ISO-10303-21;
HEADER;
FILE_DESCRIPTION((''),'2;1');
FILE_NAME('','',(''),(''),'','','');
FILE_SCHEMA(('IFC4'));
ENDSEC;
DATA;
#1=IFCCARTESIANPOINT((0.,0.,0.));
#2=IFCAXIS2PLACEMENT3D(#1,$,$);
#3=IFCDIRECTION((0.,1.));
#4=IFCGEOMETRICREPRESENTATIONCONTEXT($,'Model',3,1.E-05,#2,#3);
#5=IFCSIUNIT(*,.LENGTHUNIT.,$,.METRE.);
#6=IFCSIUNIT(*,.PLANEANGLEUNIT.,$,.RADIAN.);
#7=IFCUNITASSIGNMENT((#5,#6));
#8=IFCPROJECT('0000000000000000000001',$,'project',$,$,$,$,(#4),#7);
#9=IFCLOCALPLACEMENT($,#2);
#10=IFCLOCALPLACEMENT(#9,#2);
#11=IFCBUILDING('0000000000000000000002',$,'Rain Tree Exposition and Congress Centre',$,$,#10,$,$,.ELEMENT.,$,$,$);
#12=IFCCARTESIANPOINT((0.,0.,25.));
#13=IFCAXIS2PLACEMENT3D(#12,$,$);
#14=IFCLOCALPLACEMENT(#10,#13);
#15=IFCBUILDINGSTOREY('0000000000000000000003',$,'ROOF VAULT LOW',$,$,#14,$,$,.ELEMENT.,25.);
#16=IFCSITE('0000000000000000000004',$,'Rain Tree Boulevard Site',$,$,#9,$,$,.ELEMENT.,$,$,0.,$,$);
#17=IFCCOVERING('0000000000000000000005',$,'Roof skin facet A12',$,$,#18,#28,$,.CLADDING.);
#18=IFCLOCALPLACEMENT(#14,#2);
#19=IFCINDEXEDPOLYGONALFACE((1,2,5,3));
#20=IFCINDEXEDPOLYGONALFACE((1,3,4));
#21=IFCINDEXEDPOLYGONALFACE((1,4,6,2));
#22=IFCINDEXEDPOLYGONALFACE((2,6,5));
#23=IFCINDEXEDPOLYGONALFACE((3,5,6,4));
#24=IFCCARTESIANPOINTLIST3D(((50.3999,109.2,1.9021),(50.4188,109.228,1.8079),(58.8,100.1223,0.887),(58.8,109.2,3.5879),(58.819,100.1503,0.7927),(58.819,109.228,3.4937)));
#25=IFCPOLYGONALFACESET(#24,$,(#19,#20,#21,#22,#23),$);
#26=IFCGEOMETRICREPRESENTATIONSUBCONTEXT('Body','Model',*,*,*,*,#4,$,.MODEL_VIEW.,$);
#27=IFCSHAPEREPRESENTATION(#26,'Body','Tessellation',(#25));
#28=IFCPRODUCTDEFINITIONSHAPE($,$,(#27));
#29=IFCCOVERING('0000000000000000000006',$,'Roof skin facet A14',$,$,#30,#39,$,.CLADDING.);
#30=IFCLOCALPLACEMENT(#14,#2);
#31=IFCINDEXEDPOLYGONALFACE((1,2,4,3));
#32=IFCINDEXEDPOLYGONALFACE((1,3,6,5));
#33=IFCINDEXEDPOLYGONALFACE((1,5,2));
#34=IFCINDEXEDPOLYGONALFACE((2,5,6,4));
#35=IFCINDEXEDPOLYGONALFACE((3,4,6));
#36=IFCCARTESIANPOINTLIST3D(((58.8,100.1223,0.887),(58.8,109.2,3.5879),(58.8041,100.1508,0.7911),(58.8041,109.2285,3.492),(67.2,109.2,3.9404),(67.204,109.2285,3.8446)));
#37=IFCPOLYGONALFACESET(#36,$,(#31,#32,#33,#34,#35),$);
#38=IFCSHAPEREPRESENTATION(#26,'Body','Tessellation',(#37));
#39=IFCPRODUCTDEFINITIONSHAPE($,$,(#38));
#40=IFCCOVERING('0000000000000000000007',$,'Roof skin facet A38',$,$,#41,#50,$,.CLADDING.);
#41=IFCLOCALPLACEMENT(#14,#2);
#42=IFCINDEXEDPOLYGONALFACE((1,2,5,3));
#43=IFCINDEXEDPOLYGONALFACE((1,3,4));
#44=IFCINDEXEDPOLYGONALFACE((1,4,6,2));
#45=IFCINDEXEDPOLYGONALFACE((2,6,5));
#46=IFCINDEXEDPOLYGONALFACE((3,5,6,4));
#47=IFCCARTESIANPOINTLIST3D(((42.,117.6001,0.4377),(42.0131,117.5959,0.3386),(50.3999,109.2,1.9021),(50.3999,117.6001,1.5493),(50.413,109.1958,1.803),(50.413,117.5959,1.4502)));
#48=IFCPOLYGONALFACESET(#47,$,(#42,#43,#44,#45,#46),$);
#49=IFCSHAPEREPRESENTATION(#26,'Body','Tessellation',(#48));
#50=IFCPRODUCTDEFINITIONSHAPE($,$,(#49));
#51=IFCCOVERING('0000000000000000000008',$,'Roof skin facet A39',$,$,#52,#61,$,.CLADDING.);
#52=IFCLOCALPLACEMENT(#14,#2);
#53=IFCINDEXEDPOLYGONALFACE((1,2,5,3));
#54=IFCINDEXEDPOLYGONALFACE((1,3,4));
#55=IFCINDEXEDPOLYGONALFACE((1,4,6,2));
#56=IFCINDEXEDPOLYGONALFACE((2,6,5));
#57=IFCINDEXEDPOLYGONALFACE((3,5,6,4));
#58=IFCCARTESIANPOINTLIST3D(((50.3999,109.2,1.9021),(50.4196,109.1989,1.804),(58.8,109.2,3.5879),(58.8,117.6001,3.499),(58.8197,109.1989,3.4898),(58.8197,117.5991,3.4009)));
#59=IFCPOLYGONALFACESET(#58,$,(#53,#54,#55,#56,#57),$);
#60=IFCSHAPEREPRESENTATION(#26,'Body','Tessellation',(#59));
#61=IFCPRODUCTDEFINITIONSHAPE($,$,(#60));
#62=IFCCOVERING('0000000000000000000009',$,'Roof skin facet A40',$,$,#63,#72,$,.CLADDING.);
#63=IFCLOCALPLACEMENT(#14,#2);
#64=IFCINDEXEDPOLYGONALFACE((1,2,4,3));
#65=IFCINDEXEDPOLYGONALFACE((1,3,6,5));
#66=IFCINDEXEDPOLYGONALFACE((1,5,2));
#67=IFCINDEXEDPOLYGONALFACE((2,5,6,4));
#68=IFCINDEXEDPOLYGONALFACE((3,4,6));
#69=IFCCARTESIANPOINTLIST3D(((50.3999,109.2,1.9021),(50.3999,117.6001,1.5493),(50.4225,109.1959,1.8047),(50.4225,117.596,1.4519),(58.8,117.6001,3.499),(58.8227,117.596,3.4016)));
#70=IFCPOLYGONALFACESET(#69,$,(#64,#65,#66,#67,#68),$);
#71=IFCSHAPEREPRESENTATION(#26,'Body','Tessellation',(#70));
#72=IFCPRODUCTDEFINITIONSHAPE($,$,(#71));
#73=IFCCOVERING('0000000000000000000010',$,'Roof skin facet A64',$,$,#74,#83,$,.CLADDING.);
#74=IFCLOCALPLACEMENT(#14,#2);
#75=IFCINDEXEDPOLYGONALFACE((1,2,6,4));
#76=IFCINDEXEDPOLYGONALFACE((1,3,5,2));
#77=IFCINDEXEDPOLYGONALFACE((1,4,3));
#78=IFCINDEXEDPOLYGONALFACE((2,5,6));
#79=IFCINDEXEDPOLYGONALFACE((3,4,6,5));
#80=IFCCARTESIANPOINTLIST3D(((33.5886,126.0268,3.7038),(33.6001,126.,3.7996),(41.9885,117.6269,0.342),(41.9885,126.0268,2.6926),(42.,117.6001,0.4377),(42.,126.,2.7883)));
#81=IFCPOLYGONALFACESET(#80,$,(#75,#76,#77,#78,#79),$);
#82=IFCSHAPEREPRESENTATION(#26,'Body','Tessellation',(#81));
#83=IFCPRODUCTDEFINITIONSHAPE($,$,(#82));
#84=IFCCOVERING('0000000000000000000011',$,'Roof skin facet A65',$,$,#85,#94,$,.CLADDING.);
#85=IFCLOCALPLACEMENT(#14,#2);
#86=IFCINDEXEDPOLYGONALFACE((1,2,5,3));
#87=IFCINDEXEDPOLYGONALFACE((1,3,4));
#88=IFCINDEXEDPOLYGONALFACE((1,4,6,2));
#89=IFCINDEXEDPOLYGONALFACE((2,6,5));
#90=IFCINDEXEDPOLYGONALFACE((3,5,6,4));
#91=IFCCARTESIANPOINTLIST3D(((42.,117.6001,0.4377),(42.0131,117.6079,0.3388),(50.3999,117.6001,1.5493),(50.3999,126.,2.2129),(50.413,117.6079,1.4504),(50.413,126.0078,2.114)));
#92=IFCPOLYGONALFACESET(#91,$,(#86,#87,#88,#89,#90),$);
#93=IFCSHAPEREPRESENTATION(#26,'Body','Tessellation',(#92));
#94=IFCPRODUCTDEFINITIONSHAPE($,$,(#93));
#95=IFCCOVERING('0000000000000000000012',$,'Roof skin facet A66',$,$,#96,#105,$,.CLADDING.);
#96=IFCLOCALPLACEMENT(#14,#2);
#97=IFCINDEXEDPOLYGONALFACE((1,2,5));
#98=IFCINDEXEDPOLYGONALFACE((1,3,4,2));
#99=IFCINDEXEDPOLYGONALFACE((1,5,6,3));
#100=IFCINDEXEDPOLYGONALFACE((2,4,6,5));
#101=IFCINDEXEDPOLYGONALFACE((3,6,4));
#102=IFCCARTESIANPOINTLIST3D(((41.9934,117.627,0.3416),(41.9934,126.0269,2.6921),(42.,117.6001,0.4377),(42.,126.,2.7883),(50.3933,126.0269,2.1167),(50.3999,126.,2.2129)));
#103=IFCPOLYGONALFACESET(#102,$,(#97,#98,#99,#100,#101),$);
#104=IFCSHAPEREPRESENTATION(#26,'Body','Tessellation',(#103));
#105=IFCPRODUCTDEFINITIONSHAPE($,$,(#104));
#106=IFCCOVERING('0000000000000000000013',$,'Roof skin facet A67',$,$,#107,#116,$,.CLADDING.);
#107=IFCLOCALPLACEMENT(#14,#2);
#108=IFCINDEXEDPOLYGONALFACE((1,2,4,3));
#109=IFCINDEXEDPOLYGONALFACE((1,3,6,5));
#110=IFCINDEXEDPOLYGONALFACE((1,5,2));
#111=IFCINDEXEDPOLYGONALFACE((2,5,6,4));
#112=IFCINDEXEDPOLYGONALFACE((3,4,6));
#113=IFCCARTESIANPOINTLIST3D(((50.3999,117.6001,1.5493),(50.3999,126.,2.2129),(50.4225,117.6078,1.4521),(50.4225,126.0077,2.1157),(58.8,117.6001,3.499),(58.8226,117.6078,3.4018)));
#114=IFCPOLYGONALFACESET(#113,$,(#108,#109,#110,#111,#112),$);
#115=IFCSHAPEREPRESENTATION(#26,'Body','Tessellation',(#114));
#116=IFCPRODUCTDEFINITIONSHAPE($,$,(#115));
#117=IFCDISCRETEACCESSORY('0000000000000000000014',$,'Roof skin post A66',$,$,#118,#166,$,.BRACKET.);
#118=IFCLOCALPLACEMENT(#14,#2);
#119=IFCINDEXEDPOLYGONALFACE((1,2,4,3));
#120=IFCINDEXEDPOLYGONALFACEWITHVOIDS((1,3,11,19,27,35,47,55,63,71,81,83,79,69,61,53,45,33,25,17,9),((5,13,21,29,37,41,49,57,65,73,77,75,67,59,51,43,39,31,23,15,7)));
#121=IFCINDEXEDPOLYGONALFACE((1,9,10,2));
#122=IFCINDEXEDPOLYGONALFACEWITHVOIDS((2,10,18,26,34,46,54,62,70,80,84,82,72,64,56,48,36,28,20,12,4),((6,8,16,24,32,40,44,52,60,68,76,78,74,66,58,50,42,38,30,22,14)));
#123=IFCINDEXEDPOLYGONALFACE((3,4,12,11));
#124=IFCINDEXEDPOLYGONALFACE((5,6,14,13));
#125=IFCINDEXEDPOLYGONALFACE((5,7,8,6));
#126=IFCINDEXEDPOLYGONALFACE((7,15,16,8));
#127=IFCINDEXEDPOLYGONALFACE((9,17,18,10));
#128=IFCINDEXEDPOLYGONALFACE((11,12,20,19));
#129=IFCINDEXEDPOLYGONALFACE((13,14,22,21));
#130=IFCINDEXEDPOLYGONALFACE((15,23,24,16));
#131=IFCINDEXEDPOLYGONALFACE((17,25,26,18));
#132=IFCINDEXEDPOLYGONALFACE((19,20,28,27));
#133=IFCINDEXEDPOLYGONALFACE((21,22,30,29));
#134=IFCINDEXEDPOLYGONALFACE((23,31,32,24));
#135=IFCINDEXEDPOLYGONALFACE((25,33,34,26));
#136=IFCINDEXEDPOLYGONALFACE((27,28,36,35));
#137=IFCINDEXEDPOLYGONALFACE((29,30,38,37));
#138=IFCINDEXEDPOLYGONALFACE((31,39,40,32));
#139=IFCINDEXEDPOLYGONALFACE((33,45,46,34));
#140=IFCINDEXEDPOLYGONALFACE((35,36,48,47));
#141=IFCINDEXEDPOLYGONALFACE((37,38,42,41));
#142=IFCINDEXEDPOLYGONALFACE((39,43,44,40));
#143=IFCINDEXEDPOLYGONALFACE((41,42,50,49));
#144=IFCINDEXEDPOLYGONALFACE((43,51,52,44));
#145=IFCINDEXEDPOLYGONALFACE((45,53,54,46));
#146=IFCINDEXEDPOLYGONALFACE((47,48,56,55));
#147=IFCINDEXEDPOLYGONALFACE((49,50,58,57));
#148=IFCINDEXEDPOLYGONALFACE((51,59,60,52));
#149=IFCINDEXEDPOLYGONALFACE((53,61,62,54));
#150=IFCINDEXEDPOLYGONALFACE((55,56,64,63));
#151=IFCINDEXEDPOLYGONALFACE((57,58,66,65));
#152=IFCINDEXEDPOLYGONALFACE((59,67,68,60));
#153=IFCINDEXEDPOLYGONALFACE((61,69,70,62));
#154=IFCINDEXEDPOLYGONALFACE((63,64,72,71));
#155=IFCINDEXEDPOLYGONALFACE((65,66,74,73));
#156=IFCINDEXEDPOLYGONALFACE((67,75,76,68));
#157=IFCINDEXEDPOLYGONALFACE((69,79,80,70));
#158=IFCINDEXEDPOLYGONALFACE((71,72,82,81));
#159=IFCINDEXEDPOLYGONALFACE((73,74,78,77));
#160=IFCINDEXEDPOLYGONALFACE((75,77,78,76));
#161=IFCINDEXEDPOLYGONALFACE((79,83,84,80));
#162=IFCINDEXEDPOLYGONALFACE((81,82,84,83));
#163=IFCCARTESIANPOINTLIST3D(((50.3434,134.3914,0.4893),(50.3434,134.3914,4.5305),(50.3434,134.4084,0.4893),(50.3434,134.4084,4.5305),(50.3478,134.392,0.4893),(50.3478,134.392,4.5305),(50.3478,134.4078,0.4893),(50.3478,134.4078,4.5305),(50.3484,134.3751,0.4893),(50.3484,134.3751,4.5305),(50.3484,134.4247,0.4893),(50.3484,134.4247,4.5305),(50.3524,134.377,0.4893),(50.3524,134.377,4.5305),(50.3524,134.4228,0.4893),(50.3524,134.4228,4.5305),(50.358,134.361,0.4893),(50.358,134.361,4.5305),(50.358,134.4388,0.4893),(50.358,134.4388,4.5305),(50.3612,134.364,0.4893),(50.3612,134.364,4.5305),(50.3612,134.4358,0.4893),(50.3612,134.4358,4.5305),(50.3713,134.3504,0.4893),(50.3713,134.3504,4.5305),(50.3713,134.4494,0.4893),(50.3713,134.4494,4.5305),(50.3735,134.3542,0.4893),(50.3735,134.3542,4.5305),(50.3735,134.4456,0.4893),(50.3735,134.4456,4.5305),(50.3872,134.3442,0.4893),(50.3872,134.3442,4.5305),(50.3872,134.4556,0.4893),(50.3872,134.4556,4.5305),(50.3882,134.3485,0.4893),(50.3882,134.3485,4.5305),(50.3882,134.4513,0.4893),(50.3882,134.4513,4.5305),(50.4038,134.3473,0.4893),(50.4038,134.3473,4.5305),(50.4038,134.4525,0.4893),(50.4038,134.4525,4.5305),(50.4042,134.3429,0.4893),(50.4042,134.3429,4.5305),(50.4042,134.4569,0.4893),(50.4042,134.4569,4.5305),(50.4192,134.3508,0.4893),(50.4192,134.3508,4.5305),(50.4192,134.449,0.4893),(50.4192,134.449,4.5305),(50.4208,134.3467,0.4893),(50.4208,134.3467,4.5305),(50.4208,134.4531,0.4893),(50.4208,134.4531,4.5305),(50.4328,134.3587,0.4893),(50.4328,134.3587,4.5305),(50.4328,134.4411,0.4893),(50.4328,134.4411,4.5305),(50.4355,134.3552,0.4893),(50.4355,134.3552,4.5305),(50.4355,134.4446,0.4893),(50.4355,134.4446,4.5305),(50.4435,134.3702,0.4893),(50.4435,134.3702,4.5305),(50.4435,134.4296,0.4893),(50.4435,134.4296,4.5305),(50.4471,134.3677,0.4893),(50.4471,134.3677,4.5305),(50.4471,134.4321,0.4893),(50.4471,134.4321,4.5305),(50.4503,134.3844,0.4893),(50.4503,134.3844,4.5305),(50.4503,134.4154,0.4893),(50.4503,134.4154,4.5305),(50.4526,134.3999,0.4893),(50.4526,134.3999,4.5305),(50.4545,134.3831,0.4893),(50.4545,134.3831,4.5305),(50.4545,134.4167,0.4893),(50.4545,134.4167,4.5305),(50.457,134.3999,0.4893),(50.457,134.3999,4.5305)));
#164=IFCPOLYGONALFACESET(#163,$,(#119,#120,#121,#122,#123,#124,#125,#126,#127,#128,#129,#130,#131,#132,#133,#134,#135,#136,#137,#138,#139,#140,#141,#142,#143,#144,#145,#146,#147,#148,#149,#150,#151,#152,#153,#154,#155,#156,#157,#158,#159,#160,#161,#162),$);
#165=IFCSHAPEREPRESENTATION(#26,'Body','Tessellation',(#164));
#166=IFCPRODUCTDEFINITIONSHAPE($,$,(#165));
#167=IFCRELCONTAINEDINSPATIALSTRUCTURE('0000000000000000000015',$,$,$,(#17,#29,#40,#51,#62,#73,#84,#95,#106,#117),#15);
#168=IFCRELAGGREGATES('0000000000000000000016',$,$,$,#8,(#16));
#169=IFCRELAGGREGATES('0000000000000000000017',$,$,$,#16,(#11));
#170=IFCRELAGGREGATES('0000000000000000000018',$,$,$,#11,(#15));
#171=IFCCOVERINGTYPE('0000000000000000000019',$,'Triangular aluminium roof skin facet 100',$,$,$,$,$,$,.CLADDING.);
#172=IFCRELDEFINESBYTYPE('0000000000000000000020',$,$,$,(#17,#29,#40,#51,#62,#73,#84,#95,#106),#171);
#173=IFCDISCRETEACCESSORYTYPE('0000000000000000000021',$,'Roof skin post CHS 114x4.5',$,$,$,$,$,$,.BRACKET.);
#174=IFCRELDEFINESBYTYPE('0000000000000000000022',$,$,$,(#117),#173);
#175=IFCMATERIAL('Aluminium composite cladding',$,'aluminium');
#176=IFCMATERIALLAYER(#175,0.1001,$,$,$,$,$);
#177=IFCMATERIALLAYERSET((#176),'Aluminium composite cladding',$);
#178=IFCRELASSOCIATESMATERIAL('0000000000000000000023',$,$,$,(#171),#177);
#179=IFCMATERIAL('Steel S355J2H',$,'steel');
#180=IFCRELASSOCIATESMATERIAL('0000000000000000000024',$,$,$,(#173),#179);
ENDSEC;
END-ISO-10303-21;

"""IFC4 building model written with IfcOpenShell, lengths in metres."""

from ifc_helpers import new_model, si_unit, direction, frame, origin, origin_2d, place, context, subcontext, project, spatial, polyline, hollow_circle, outline, extrude, material, layer, layer_set, material_profile, profile_set, type_object, element, save


model = new_model("IFC4")

# Units and contexts
model_context = context("Model", 3, precision=1e-05, world=origin(), true_north=direction((0.0, 1.0)))
body_context = subcontext(model_context, "Body", "Model", "MODEL_VIEW")
ifc_project = project(units=[si_unit("LENGTHUNIT", "METRE"), si_unit("PLANEANGLEUNIT", "RADIAN")], contexts=[model_context])

# Site, building, storey
site_placement = place(None, origin())
site = spatial("IfcSite", under=ifc_project, at=site_placement, Name="Rain Tree Boulevard Site", CompositionType="ELEMENT", RefElevation=0.0)
building_placement = place(site_placement, origin())
building = spatial("IfcBuilding", under=site, at=building_placement, Name="Rain Tree Exposition and Congress Centre", CompositionType="ELEMENT")
storey_placement = place(building_placement, frame((0.0, 0.0, 25.0)))
storey = spatial("IfcBuildingStorey", under=building, at=storey_placement, Name="ROOF VAULT LOW", CompositionType="ELEMENT", Elevation=25.0)

# Coverings
ifc_material_1 = material(Name="Aluminium composite cladding", Category="aluminium")
ifc_layer_1 = layer(ifc_material_1, 0.1001)
ifc_layer_set_1 = layer_set([ifc_layer_1], Name="Aluminium composite cladding")
covering_type = type_object("IfcCoveringType", Name="Triangular aluminium roof skin facet 100", PredefinedType="CLADDING", material=ifc_layer_set_1)
covering_1_placement = place(storey_placement, frame((58.8, 100.1223, 0.887), z_axis=(-0.18889, -0.280047, 0.94122), x_axis=(0.0, 0.958474, 0.285181)))
element("IfcCovering", 1, at=covering_1_placement, inside=storey, type_object=covering_type, Name="Roof skin facet A12", PredefinedType="CLADDING", context=body_context, shape_type="SweptSolid", body=[
    extrude(outline(polyline([(0.0, 0.0), (9.4709, 0.0), (8.9902, 8.5541), (0.0, 0.0)])), origin(), (0.0, 0.0, -1.0), 0.1001),
])
covering_2_placement = place(storey_placement, frame((58.8, 100.1223, 0.887), z_axis=(-0.040194, -0.28495, 0.957699), x_axis=(0.659378, 0.712579, 0.239692)))
element("IfcCovering", 2, at=covering_2_placement, inside=storey, type_object=covering_type, Name="Roof skin facet A14", PredefinedType="CLADDING", context=body_context, shape_type="SweptSolid", body=[
    extrude(outline(polyline([(0.0, 0.0), (12.7391, 0.0), (7.1159, 6.25), (0.0, 0.0)])), origin(), (0.0, 0.0, -1.0), 0.1001),
])
covering_3_placement = place(storey_placement, frame((50.3999, 109.2, 1.9021), z_axis=(-0.131074, 0.041598, 0.990499), x_axis=(0.0, 0.999119, -0.04196)))
element("IfcCovering", 3, at=covering_3_placement, inside=storey, type_object=covering_type, Name="Roof skin facet A38", PredefinedType="CLADDING", context=body_context, shape_type="SweptSolid", body=[
    extrude(outline(polyline([(0.0, 0.0), (8.4076, 0.0), (8.4542, 8.473), (0.0, 0.0)])), origin(), (0.0, 0.0, -1.0), 0.1001),
])
covering_4_placement = place(storey_placement, frame((50.3999, 109.2, 1.9021), z_axis=(-0.196752, 0.010372, 0.980398), x_axis=(0.980451, 0.0, 0.196763)))
element("IfcCovering", 4, at=covering_4_placement, inside=storey, type_object=covering_type, Name="Roof skin facet A39", PredefinedType="CLADDING", context=body_context, shape_type="SweptSolid", body=[
    extrude(outline(polyline([(0.0, 0.0), (8.5676, 0.0), (8.5501, 8.4006), (0.0, 0.0)])), origin(), (0.0, 0.0, -1.0), 0.1001),
])
covering_5_placement = place(storey_placement, frame((50.3999, 109.2, 1.9021), z_axis=(-0.225905, 0.040876, 0.973291), x_axis=(0.700803, 0.700803, 0.133227)))
element("IfcCovering", 5, at=covering_5_placement, inside=storey, type_object=covering_type, Name="Roof skin facet A40", PredefinedType="CLADDING", context=body_context, shape_type="SweptSolid", body=[
    extrude(outline(polyline([(0.0, 0.0), (11.9865, 0.0), (5.8398, 6.0484), (0.0, 0.0)])), origin(), (0.0, 0.0, -1.0), 0.1001),
])
covering_6_placement = place(storey_placement, frame((42.0, 117.6001, 0.4377), z_axis=(0.115161, -0.26769, 0.956598), x_axis=(0.0, 0.963005, 0.269483)))
element("IfcCovering", 6, at=covering_6_placement, inside=storey, type_object=covering_type, Name="Roof skin facet A64", PredefinedType="CLADDING", context=body_context, shape_type="SweptSolid", body=[
    extrude(outline(polyline([(0.0, 0.0), (8.7226, 0.0), (8.9951, 8.4562), (0.0, 0.0)])), origin(), (0.0, 0.0, -1.0), 0.1001),
])
covering_7_placement = place(storey_placement, frame((42.0, 117.6001, 0.4377), z_axis=(-0.130787, -0.078076, 0.988331), x_axis=(0.991358, 0.0, 0.131188)))
element("IfcCovering", 7, at=covering_7_placement, inside=storey, type_object=covering_type, Name="Roof skin facet A65", PredefinedType="CLADDING", context=body_context, shape_type="SweptSolid", body=[
    extrude(outline(polyline([(0.0, 0.0), (8.4731, 0.0), (8.5602, 8.4256), (0.0, 0.0)])), origin(), (0.0, 0.0, -1.0), 0.1001),
])
covering_8_placement = place(storey_placement, frame((42.0, 117.6001, 0.4377), z_axis=(0.065828, -0.268898, 0.960917), x_axis=(0.699342, 0.699342, 0.147791)))
element("IfcCovering", 8, at=covering_8_placement, inside=storey, type_object=covering_type, Name="Roof skin facet A66", PredefinedType="CLADDING", context=body_context, shape_type="SweptSolid", body=[
    extrude(outline(polyline([(0.0, 0.0), (12.0112, 0.0), (6.2218, 6.1133), (0.0, 0.0)])), origin(), (0.0, 0.0, -1.0), 0.1001),
])
covering_9_placement = place(storey_placement, frame((50.3999, 117.6001, 1.5493), z_axis=(-0.225427, -0.076725, 0.971234), x_axis=(0.974106, 0.0, 0.226094)))
element("IfcCovering", 9, at=covering_9_placement, inside=storey, type_object=covering_type, Name="Roof skin facet A67", PredefinedType="CLADDING", context=body_context, shape_type="SweptSolid", body=[
    extrude(outline(polyline([(0.0, 0.0), (8.6234, 0.0), (0.15, 8.4247), (0.0, 0.0)])), origin(), (0.0, 0.0, -1.0), 0.1001),
])

# Discrete accessory
ifc_material_2 = material(Name="Steel S355J2H", Category="steel")
ifc_material_profile_1 = material_profile(ifc_material_2, hollow_circle(Radius=0.0571, WallThickness=0.0044, at=origin_2d()), Name="CHS 114x4.5")
ifc_profile_set_1 = profile_set([ifc_material_profile_1], Name="Steel S355J2H")
discrete_accessory_type_1 = type_object("IfcDiscreteAccessoryType", Name="Roof skin post CHS 114x4.5", PredefinedType="BRACKET", material=ifc_profile_set_1)
discrete_accessory_1_placement = place(storey_placement, frame((50.3999, 134.3999, 0.4893), z_axis=(0.0, 0.0, 1.0), x_axis=(1.0, 0.0, 0.0)))
element("IfcDiscreteAccessory", 10, at=discrete_accessory_1_placement, inside=storey, type_object=discrete_accessory_type_1, Name="Roof skin post A66", PredefinedType="BRACKET", context=body_context, shape_type="SweptSolid", body=[
    extrude(hollow_circle(Radius=0.0571, WallThickness=0.0044, at=origin_2d()), origin(), (0.0, 0.0, 1.0), 4.0413),
])

save(model, "model.ifc")
